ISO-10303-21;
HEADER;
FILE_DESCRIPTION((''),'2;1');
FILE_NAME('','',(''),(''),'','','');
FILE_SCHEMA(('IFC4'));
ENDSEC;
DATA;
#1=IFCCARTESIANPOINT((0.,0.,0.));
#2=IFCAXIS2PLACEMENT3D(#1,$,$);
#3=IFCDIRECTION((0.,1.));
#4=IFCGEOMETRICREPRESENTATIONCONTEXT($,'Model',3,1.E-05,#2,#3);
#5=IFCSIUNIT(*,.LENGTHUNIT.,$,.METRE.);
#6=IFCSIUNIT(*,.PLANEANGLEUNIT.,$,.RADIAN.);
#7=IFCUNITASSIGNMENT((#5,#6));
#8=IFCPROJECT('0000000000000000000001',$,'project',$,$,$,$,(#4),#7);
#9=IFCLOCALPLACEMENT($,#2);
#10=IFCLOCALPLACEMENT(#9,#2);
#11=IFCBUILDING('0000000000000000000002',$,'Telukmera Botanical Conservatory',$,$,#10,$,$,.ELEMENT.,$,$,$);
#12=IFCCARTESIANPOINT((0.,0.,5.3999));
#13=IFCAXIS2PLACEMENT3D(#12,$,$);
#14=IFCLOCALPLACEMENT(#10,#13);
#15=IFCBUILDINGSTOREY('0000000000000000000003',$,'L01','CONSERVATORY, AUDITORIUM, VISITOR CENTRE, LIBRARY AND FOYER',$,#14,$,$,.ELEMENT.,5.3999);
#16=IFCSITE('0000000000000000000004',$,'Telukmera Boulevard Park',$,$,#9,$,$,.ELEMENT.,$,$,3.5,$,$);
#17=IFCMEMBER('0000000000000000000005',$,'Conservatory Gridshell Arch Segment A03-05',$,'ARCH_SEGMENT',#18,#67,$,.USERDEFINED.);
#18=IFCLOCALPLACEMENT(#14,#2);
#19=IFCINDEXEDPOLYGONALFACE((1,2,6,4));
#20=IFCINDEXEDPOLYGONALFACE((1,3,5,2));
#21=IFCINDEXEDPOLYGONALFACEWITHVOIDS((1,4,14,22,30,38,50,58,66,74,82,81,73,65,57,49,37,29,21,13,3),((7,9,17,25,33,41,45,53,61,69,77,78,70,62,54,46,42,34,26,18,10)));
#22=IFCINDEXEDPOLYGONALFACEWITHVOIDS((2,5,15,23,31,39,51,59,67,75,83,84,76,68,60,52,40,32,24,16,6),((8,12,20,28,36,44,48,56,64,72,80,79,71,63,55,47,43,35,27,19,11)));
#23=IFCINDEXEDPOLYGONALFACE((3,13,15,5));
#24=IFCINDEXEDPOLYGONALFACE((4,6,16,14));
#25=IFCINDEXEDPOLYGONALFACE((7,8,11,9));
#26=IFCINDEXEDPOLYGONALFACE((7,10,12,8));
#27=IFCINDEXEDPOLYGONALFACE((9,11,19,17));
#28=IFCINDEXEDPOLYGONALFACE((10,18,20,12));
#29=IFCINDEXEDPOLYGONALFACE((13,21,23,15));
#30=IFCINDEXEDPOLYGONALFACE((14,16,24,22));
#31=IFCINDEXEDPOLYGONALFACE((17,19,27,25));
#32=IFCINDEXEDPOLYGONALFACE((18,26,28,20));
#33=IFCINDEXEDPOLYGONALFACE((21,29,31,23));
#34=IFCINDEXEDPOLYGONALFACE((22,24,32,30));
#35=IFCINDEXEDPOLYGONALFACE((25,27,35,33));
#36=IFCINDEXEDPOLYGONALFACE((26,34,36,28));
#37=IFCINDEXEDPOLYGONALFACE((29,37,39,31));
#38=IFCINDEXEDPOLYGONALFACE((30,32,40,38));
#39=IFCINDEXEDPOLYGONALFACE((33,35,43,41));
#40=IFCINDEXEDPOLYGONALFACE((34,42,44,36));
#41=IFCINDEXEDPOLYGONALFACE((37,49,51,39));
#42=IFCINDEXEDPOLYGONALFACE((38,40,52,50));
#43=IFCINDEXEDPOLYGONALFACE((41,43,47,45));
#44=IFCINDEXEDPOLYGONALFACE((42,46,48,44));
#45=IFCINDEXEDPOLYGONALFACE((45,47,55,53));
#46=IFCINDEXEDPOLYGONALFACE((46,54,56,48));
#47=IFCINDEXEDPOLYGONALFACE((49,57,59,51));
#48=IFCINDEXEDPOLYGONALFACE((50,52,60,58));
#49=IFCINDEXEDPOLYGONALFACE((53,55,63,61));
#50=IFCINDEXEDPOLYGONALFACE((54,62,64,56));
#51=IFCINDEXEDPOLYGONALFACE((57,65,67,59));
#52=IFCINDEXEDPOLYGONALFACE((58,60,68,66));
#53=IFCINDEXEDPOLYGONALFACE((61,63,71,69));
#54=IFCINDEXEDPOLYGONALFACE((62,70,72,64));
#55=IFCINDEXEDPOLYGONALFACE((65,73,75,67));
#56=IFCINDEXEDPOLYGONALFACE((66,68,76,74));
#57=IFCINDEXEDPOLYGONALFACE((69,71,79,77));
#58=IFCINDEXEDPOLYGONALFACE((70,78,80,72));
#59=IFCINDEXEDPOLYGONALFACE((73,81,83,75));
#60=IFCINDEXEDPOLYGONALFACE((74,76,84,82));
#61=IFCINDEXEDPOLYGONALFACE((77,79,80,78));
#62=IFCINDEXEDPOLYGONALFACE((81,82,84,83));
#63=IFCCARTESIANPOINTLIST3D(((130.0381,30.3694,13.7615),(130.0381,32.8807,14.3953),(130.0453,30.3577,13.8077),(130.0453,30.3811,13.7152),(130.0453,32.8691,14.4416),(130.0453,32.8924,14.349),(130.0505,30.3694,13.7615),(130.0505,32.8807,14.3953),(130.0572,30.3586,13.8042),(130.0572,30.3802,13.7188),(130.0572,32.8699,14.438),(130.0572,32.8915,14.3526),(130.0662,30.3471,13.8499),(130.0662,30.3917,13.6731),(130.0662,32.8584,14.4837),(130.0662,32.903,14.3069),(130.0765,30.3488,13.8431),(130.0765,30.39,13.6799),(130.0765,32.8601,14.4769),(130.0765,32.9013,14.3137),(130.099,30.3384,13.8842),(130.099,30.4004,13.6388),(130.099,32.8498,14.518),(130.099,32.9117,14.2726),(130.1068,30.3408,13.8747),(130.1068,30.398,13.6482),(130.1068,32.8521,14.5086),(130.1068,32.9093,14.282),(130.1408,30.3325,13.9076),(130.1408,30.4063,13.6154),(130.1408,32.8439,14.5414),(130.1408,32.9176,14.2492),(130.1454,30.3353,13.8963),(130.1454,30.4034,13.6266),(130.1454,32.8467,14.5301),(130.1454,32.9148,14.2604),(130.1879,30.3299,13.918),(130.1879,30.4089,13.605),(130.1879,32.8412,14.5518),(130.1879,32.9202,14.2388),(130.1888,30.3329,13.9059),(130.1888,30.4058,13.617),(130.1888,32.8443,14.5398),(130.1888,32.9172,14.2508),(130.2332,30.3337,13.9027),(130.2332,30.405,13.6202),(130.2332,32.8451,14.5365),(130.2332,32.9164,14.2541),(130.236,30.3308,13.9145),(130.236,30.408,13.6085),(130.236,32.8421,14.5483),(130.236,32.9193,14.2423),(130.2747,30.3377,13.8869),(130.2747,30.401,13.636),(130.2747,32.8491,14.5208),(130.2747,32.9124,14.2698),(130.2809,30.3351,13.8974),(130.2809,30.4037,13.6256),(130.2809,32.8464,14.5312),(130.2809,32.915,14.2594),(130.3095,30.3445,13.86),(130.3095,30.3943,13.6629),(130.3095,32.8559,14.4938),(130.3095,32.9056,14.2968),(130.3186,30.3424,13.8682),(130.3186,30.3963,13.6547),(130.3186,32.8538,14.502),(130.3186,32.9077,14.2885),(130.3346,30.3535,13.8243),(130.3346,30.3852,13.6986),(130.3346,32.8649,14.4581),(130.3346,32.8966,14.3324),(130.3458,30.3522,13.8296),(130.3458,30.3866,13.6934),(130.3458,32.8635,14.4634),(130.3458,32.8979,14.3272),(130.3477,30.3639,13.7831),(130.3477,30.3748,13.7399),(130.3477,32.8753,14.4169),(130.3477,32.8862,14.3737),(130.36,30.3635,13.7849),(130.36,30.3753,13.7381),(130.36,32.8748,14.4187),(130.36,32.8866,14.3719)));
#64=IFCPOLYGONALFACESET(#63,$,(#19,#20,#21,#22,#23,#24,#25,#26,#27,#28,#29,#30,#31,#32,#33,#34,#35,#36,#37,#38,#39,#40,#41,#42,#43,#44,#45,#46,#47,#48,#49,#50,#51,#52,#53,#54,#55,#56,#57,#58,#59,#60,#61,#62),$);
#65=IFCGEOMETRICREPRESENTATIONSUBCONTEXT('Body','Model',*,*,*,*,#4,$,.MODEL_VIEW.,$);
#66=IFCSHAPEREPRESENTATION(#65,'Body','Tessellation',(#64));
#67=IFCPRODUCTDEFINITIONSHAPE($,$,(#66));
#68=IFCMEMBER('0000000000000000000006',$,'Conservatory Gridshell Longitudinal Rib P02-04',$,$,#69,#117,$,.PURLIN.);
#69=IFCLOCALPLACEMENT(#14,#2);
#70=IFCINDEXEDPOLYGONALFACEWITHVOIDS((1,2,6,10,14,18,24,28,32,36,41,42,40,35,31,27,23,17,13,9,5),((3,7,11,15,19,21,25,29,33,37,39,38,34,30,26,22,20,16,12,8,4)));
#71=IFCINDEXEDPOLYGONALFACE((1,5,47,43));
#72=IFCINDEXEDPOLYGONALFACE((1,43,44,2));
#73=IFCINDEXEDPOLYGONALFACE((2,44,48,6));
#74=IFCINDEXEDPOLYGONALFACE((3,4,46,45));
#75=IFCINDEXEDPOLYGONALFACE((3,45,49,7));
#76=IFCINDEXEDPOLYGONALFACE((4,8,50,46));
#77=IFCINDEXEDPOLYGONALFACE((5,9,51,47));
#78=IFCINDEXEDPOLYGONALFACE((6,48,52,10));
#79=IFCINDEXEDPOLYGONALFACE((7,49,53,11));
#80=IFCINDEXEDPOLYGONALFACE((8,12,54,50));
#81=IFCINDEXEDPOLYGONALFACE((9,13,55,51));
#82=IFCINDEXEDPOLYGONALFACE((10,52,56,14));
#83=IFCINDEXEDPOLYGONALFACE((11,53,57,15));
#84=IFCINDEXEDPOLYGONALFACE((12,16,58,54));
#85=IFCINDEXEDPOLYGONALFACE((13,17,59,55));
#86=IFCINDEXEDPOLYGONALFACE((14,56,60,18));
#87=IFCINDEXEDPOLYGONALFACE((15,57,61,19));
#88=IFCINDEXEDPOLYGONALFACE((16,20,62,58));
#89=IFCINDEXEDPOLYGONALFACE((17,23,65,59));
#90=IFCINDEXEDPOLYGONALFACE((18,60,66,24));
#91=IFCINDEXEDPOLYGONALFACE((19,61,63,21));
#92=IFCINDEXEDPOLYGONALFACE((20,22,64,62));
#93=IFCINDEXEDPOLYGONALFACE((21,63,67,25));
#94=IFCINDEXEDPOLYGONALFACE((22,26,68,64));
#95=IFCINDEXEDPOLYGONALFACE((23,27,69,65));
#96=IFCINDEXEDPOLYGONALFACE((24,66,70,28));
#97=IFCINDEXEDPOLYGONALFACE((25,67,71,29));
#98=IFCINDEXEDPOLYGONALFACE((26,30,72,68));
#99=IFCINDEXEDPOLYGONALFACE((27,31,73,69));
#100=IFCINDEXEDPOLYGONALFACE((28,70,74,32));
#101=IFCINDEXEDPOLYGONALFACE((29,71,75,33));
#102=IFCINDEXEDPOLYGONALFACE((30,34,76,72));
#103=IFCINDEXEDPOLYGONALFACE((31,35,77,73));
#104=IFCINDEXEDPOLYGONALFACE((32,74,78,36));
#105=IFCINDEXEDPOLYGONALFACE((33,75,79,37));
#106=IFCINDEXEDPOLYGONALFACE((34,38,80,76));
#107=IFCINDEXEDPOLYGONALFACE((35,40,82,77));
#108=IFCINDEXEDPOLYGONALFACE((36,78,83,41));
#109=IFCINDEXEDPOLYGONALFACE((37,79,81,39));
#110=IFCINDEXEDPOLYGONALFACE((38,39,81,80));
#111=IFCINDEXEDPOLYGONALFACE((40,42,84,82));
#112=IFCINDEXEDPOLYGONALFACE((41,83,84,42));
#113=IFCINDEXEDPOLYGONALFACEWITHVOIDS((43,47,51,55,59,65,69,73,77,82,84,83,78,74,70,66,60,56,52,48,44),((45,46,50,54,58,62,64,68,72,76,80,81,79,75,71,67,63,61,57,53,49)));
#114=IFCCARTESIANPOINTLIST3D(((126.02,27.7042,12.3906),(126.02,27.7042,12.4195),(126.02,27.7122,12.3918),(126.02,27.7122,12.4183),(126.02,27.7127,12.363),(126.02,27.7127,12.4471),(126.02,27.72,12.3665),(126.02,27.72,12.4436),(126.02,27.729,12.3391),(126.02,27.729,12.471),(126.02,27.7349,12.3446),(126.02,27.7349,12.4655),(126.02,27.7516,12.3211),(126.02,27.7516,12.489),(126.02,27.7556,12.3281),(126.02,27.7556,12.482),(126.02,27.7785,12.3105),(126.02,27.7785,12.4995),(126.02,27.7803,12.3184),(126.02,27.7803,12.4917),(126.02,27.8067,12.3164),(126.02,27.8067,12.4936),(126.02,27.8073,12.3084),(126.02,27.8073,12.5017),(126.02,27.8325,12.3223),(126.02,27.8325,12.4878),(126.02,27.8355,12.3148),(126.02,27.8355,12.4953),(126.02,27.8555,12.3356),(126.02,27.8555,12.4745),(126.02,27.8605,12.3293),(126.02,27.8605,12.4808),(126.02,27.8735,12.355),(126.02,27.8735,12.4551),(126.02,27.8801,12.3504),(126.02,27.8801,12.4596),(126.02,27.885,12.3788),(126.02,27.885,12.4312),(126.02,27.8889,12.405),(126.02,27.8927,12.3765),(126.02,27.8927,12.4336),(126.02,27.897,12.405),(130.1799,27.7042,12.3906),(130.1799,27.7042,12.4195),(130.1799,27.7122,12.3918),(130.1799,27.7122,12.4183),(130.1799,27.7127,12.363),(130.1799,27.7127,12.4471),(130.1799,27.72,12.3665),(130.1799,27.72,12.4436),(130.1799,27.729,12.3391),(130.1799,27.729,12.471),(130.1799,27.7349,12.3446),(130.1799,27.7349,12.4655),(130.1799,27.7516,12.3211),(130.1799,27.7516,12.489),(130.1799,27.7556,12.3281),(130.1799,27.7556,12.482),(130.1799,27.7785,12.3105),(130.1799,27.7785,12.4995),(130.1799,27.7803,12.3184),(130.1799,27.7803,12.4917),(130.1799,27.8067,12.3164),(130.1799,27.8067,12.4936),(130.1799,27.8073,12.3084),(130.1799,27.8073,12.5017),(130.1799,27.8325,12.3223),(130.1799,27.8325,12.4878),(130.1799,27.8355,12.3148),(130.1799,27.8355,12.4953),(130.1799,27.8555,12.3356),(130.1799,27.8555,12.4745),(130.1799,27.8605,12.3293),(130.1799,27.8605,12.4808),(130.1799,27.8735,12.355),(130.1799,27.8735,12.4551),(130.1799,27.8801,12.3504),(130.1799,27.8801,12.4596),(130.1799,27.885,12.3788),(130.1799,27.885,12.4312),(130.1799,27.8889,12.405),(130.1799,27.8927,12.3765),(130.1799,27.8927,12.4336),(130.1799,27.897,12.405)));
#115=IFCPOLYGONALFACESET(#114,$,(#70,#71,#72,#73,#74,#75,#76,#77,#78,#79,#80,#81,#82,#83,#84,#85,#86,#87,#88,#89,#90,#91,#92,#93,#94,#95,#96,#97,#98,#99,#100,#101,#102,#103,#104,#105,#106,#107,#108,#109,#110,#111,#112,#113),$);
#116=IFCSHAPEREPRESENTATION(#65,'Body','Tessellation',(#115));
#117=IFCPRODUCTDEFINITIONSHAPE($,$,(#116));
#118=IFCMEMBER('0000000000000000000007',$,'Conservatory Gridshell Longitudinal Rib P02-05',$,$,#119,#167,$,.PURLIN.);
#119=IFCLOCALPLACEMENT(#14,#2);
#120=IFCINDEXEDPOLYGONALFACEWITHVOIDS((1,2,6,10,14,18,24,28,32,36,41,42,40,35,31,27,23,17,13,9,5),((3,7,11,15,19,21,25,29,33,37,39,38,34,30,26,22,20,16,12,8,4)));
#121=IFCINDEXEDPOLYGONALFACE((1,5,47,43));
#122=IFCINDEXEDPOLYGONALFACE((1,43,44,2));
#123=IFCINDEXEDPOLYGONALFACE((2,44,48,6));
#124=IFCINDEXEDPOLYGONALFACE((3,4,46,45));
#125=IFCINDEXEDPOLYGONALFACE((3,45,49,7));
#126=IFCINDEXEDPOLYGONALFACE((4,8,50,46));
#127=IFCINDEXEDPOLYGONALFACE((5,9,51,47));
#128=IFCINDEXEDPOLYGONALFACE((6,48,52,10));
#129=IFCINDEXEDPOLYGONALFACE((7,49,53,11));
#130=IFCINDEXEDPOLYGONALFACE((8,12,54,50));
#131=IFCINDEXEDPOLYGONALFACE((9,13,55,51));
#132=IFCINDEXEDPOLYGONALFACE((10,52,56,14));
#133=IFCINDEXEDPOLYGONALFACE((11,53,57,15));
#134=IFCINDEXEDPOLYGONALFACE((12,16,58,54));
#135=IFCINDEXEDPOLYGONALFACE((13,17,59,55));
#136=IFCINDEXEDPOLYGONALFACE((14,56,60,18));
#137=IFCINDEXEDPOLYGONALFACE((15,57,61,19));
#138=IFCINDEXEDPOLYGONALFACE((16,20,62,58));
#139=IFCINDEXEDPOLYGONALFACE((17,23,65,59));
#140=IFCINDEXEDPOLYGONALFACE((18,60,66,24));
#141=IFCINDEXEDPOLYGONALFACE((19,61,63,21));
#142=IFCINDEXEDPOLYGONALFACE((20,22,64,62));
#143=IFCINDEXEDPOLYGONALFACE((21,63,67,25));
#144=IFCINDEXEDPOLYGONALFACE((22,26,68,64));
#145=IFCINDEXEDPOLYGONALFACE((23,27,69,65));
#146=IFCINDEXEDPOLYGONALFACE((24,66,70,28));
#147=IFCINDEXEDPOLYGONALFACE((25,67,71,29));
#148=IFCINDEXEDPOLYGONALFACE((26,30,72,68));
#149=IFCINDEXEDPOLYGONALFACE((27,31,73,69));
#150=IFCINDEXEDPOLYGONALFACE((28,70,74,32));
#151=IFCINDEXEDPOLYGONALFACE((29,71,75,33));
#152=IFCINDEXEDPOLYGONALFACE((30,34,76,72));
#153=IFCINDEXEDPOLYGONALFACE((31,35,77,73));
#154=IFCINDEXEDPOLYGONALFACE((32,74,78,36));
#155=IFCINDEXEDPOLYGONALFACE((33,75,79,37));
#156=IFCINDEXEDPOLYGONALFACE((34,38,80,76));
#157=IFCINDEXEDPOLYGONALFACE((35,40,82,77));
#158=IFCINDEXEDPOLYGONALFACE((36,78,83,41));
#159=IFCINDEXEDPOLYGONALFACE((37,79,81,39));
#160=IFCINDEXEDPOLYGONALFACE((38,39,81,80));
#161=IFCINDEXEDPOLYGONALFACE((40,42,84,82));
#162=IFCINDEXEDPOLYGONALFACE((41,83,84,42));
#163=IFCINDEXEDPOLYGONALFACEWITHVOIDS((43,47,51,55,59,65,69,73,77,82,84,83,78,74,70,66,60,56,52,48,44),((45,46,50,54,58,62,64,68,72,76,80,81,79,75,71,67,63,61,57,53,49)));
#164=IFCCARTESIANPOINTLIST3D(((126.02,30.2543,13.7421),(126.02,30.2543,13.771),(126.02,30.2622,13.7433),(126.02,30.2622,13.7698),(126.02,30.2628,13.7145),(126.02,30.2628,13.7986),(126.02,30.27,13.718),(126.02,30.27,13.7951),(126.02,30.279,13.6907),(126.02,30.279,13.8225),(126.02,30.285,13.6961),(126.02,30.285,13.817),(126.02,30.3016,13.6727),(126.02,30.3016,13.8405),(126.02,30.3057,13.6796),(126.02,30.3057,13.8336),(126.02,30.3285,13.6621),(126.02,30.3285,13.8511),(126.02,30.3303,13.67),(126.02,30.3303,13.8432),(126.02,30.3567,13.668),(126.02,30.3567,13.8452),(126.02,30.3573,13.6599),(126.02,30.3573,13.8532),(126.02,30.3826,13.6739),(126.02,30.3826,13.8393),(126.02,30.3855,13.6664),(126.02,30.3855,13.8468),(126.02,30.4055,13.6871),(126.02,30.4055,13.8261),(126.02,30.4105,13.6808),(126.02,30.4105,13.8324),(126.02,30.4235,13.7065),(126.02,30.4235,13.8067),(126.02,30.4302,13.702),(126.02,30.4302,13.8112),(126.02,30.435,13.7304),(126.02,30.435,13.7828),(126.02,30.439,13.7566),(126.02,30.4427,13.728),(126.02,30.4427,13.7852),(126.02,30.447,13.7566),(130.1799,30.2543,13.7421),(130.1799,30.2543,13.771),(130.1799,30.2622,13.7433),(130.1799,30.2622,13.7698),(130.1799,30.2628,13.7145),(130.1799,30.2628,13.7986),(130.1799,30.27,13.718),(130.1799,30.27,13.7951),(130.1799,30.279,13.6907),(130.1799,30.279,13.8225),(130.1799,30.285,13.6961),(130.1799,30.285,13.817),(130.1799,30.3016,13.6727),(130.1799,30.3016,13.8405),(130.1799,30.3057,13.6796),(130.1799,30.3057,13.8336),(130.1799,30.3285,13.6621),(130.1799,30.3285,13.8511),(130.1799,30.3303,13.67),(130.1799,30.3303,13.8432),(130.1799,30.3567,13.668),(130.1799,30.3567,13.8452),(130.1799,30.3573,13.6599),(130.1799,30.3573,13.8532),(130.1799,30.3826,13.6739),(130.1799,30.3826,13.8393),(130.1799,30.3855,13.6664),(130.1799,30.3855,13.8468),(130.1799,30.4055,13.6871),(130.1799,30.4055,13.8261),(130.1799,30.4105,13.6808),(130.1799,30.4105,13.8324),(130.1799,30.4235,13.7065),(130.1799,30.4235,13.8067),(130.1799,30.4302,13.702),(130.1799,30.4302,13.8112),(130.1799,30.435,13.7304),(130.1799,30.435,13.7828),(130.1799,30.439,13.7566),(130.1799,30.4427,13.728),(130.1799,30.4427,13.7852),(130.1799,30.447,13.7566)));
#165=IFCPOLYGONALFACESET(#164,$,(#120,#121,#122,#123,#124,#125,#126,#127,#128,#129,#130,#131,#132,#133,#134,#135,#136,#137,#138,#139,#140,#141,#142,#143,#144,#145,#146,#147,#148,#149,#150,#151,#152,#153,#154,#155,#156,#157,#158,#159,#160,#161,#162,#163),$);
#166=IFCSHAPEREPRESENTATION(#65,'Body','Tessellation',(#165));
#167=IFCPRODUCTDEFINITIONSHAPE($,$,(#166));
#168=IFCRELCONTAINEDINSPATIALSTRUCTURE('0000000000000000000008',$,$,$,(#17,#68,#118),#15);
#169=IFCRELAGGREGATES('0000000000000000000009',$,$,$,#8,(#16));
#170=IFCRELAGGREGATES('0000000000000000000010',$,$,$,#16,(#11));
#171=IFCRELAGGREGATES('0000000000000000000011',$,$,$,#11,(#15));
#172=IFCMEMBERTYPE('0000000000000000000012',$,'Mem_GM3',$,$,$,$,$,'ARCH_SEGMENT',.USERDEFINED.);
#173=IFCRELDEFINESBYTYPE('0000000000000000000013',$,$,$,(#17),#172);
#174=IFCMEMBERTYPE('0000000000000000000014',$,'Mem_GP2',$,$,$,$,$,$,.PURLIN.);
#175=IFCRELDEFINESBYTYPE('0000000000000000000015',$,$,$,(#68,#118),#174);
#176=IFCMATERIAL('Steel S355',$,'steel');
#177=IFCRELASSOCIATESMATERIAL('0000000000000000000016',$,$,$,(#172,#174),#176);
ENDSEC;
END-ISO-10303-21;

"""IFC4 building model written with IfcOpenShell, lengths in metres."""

from ifc_helpers import new_model, si_unit, direction, frame, origin, origin_2d, place, context, subcontext, project, spatial, hollow_circle, extrude, material, material_profile, profile_set, type_object, element, save


model = new_model("IFC4")

# Units and contexts
model_context = context("Model", 3, precision=1e-05, world=origin(), true_north=direction((0.0, 1.0)))
body_context = subcontext(model_context, "Body", "Model", "MODEL_VIEW")
ifc_project = project(units=[si_unit("LENGTHUNIT", "METRE"), si_unit("PLANEANGLEUNIT", "RADIAN")], contexts=[model_context])

# Site, building, storey
site_placement = place(None, origin())
site = spatial("IfcSite", under=ifc_project, at=site_placement, Name="Telukmera Boulevard Park", CompositionType="ELEMENT", RefElevation=3.5)
building_placement = place(site_placement, origin())
building = spatial("IfcBuilding", under=site, at=building_placement, Name="Telukmera Botanical Conservatory", CompositionType="ELEMENT")
storey_placement = place(building_placement, frame((0.0, 0.0, 5.3999)))
storey = spatial("IfcBuildingStorey", under=building, at=storey_placement, Name="L01", Description="CONSERVATORY, AUDITORIUM, VISITOR CENTRE, LIBRARY AND FOYER", CompositionType="ELEMENT", Elevation=5.3999)

# Shared definitions
ifc_material = material(Name="Steel S355", Category="steel")

# Members
ifc_material_profile_1 = material_profile(ifc_material, hollow_circle(Radius=0.1619, WallThickness=0.0125, at=origin_2d()), Name="CHS 323.9x12.5")
ifc_profile_set_1 = profile_set([ifc_material_profile_1], Name="Steel S355")
member_type_1 = type_object("IfcMemberType", Name="Mem_GM3", ElementType="ARCH_SEGMENT", PredefinedType="USERDEFINED", material=ifc_profile_set_1)
member_1_placement = place(storey_placement, frame((130.2, 30.3694, 13.7615), z_axis=(0.0, 0.969597, 0.244709), x_axis=(-1.0, 0.0, 0.0)))
element("IfcMember", 1, at=member_1_placement, inside=storey, type_object=member_type_1, Name="Conservatory Gridshell Arch Segment A03-05", ObjectType="ARCH_SEGMENT", PredefinedType="USERDEFINED", context=body_context, shape_type="SweptSolid", body=[
    extrude(hollow_circle(Radius=0.1619, WallThickness=0.0125, at=origin_2d()), origin(), (0.0, 0.0, 1.0), 2.5901),
])
ifc_material_profile_2 = material_profile(ifc_material, hollow_circle(Radius=0.0969, WallThickness=0.0081, at=origin_2d()), Name="CHS 193.7x8.0")
ifc_profile_set_2 = profile_set([ifc_material_profile_2], Name="Steel S355")
member_type_2 = type_object("IfcMemberType", Name="Mem_GP2", PredefinedType="PURLIN", material=ifc_profile_set_2)
for number, where, z_axis, x_axis, name in (
    (2, (126.02, 27.8, 12.405), (1.0, 0.0, 0.0), (0.0, 1.0, 0.0), "Conservatory Gridshell Longitudinal Rib P02-04"),
    (3, (126.02, 30.3501, 13.7566), (1.0, 0.0, 0.0), (0.0, 1.0, 0.0), "Conservatory Gridshell Longitudinal Rib P02-05"),
):
    element("IfcMember", number, at=place(storey_placement, frame(where, z_axis=z_axis, x_axis=x_axis)), inside=storey, type_object=member_type_2, Name=name, PredefinedType="PURLIN", context=body_context, shape_type="SweptSolid", body=[
        extrude(hollow_circle(Radius=0.0969, WallThickness=0.0081, at=origin_2d()), origin(), (0.0, 0.0, 1.0), 4.1599),
    ])

save(model, "model.ifc")
